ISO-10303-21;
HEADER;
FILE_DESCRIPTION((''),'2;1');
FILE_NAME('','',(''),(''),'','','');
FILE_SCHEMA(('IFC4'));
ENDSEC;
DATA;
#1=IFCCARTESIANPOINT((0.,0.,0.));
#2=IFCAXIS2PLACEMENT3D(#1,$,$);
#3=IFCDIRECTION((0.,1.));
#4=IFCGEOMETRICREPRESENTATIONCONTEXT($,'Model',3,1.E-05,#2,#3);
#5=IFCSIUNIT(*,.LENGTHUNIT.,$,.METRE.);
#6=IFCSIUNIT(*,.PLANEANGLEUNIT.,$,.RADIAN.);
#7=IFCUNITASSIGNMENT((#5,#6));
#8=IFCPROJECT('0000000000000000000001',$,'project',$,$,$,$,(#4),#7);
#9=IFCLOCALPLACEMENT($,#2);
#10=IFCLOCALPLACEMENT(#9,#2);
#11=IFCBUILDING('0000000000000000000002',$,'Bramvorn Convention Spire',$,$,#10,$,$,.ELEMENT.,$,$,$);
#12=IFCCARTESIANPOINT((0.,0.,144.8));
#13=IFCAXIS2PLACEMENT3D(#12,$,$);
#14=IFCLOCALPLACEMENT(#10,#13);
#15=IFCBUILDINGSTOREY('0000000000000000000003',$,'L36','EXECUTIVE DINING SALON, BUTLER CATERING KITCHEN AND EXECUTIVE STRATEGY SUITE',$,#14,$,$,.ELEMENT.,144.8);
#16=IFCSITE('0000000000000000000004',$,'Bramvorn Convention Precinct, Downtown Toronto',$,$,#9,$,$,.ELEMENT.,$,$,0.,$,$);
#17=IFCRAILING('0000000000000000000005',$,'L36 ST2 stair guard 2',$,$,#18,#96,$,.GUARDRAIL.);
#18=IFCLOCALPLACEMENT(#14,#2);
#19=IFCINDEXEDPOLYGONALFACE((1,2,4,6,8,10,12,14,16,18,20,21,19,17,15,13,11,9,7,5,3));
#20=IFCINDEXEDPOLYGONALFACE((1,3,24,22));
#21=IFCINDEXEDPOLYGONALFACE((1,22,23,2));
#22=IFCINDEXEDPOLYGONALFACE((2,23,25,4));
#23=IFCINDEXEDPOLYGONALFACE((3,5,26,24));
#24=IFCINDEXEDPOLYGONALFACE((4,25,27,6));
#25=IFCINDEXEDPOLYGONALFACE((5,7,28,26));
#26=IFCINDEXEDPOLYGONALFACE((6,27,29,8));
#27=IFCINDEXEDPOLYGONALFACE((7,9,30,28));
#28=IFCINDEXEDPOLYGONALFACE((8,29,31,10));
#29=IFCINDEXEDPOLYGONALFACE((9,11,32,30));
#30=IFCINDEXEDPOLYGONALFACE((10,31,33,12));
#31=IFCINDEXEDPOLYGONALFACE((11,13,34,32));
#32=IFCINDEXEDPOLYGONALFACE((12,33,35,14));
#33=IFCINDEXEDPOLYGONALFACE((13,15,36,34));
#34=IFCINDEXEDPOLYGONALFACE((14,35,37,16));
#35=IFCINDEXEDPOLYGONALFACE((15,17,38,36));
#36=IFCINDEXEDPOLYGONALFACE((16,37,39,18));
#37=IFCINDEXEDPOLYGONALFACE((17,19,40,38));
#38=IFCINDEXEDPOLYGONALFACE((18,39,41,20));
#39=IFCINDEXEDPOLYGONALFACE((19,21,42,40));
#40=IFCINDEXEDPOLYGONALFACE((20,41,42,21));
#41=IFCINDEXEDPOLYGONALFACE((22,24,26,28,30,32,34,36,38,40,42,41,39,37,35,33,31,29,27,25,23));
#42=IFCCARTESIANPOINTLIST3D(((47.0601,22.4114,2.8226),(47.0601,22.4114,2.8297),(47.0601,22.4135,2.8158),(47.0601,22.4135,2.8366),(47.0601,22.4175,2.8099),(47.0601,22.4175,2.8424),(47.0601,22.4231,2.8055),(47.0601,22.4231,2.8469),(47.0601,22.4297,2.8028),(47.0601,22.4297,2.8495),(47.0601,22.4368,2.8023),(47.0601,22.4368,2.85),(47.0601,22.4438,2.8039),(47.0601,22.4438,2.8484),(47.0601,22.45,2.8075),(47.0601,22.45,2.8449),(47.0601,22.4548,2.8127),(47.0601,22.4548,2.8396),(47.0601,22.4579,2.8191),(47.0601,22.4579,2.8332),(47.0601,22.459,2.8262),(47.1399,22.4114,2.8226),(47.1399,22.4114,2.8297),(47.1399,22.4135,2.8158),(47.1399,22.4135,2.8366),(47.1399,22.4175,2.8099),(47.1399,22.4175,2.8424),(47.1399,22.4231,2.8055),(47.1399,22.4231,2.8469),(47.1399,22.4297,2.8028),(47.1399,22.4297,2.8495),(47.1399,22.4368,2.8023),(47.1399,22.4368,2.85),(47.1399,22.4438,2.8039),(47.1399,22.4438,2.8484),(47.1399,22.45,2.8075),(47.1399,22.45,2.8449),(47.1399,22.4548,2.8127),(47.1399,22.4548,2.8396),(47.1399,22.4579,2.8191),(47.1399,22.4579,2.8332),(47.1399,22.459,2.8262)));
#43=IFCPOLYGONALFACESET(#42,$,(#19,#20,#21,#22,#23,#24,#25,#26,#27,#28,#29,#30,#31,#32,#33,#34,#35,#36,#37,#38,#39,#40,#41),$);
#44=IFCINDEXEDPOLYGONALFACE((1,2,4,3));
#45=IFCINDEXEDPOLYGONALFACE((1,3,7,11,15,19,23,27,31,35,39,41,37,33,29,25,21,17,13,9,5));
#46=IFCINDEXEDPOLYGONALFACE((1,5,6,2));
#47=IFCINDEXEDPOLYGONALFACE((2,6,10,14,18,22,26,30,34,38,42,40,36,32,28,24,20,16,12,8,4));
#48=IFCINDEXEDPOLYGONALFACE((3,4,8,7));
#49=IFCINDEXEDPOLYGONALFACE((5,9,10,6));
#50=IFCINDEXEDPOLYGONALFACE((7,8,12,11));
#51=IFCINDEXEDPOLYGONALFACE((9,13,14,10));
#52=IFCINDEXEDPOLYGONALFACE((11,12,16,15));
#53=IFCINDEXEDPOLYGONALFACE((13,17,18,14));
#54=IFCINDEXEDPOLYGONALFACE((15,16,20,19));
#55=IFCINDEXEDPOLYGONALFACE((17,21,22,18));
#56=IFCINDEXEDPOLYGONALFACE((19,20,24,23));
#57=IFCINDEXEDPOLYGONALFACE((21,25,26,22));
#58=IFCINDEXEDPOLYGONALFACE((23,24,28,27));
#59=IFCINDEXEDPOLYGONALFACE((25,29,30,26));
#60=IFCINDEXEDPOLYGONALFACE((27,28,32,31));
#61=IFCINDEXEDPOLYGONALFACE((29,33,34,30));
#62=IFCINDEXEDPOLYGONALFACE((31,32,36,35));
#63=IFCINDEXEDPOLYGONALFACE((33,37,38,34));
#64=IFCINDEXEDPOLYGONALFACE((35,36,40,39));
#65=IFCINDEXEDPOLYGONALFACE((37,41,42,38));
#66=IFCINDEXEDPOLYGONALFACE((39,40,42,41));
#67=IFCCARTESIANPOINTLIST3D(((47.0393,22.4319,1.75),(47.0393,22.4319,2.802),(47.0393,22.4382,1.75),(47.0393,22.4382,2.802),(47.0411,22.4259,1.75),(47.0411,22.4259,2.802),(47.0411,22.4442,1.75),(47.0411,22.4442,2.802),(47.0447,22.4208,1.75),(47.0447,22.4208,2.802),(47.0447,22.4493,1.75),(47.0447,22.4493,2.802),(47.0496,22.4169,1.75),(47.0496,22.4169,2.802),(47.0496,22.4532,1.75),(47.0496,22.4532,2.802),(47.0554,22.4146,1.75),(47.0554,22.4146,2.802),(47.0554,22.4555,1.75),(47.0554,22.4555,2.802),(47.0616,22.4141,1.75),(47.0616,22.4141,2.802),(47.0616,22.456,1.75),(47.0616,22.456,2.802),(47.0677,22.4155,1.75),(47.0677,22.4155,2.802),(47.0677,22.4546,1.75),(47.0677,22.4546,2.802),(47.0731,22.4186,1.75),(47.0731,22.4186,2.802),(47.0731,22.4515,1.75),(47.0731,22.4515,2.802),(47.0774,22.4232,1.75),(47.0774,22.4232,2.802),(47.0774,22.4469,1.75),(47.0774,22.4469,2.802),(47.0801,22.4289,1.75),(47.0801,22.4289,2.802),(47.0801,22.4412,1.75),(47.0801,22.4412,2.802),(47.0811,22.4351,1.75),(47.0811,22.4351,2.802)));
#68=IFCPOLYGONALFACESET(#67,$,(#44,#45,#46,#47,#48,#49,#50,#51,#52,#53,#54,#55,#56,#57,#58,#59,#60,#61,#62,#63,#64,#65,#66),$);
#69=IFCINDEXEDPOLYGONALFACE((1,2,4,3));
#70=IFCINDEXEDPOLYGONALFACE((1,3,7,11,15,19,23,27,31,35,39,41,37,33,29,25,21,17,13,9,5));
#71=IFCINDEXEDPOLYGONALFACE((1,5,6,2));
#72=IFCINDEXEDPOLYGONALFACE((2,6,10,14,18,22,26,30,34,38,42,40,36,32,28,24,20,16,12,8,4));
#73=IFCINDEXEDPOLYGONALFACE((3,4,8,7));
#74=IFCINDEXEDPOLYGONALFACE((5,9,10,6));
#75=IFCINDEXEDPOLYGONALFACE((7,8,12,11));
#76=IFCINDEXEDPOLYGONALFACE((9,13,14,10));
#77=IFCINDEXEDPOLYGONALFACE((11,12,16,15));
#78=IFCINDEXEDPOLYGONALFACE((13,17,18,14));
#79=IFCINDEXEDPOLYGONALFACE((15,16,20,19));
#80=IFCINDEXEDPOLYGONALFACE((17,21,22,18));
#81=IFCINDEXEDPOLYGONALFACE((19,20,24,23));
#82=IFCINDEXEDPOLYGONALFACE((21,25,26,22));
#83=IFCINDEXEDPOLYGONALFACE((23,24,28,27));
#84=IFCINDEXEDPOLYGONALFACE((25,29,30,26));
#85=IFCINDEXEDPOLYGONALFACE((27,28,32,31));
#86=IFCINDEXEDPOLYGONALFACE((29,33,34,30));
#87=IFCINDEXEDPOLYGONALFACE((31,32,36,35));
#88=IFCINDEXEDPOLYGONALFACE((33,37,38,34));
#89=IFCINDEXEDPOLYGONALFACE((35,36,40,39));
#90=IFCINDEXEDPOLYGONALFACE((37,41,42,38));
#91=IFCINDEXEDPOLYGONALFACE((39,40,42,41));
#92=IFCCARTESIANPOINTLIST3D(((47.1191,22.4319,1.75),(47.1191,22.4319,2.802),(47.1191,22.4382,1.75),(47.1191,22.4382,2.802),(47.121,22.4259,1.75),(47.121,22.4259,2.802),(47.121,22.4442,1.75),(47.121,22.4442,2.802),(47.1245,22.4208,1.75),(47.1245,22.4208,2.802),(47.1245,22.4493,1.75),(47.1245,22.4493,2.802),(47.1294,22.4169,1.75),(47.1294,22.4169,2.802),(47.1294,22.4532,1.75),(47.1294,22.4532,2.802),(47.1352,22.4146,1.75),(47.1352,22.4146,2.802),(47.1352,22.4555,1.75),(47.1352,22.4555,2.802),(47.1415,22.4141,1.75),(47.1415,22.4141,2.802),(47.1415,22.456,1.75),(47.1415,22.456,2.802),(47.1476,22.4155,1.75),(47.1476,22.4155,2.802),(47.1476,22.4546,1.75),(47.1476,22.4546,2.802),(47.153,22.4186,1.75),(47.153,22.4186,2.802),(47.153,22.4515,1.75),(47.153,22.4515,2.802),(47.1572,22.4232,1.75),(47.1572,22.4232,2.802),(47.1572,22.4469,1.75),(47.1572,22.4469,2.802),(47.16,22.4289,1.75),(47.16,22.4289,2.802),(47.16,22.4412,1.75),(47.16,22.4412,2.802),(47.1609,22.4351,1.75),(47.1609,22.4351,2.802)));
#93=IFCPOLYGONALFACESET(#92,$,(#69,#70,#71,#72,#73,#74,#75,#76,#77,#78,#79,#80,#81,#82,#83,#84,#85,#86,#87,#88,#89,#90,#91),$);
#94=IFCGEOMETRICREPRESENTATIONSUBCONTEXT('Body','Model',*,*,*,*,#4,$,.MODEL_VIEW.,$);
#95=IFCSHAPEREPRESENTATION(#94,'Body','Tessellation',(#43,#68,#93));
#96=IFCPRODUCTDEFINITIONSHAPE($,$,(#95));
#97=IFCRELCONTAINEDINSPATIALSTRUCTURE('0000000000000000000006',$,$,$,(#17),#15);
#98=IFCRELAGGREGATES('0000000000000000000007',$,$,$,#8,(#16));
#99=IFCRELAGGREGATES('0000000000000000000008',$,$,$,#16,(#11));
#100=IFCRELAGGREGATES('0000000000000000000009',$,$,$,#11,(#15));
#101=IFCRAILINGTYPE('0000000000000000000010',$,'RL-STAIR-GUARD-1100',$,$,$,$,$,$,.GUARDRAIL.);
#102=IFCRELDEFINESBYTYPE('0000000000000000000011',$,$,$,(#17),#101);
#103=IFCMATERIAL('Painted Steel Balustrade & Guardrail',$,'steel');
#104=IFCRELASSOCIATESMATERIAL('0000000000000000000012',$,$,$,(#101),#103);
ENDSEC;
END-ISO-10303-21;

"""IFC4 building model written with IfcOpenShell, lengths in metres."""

from ifc_helpers import new_model, si_unit, direction, frame, origin, origin_2d, place, context, subcontext, project, spatial, circle, extrude, material, type_object, element, save


model = new_model("IFC4")

# Units and contexts
model_context = context("Model", 3, precision=1e-05, world=origin(), true_north=direction((0.0, 1.0)))
body_context = subcontext(model_context, "Body", "Model", "MODEL_VIEW")
ifc_project = project(units=[si_unit("LENGTHUNIT", "METRE"), si_unit("PLANEANGLEUNIT", "RADIAN")], contexts=[model_context])

# Site, building, storey
site_placement = place(None, origin())
site = spatial("IfcSite", under=ifc_project, at=site_placement, Name="Bramvorn Convention Precinct, Downtown Toronto", CompositionType="ELEMENT", RefElevation=0.0)
building_placement = place(site_placement, origin())
building = spatial("IfcBuilding", under=site, at=building_placement, Name="Bramvorn Convention Spire", CompositionType="ELEMENT")
storey_placement = place(building_placement, frame((0.0, 0.0, 144.8)))
storey = spatial("IfcBuildingStorey", under=building, at=storey_placement, Name="L36", Description="EXECUTIVE DINING SALON, BUTLER CATERING KITCHEN AND EXECUTIVE STRATEGY SUITE", CompositionType="ELEMENT", Elevation=144.8)

# Railing
ifc_material_1 = material(Name="Painted Steel Balustrade & Guardrail", Category="steel")
railing_type_1 = type_object("IfcRailingType", Name="RL-STAIR-GUARD-1100", PredefinedType="GUARDRAIL", material=ifc_material_1)
railing_1_placement = place(storey_placement, frame((47.0601, 22.4351, 1.75)))
element("IfcRailing", 1, at=railing_1_placement, inside=storey, type_object=railing_type_1, Name="L36 ST2 stair guard 2", PredefinedType="GUARDRAIL", context=body_context, shape_type="SweptSolid", body=[
    extrude(circle(Radius=0.0239, at=origin_2d()), frame((0.0, 0.0, 1.0762), z_axis=(1.0, 0.0, 0.0), x_axis=(0.0, 1.0, 0.0)), (0.0, 0.0, 1.0), 0.0798),
    extrude(circle(Radius=0.021, at=origin_2d()), origin(), (0.0, 0.0, 1.0), 1.052),
    extrude(circle(Radius=0.021, at=origin_2d()), frame((0.0798, 0.0, 0.0)), (0.0, 0.0, 1.0), 1.052),
])

save(model, "model.ifc")
